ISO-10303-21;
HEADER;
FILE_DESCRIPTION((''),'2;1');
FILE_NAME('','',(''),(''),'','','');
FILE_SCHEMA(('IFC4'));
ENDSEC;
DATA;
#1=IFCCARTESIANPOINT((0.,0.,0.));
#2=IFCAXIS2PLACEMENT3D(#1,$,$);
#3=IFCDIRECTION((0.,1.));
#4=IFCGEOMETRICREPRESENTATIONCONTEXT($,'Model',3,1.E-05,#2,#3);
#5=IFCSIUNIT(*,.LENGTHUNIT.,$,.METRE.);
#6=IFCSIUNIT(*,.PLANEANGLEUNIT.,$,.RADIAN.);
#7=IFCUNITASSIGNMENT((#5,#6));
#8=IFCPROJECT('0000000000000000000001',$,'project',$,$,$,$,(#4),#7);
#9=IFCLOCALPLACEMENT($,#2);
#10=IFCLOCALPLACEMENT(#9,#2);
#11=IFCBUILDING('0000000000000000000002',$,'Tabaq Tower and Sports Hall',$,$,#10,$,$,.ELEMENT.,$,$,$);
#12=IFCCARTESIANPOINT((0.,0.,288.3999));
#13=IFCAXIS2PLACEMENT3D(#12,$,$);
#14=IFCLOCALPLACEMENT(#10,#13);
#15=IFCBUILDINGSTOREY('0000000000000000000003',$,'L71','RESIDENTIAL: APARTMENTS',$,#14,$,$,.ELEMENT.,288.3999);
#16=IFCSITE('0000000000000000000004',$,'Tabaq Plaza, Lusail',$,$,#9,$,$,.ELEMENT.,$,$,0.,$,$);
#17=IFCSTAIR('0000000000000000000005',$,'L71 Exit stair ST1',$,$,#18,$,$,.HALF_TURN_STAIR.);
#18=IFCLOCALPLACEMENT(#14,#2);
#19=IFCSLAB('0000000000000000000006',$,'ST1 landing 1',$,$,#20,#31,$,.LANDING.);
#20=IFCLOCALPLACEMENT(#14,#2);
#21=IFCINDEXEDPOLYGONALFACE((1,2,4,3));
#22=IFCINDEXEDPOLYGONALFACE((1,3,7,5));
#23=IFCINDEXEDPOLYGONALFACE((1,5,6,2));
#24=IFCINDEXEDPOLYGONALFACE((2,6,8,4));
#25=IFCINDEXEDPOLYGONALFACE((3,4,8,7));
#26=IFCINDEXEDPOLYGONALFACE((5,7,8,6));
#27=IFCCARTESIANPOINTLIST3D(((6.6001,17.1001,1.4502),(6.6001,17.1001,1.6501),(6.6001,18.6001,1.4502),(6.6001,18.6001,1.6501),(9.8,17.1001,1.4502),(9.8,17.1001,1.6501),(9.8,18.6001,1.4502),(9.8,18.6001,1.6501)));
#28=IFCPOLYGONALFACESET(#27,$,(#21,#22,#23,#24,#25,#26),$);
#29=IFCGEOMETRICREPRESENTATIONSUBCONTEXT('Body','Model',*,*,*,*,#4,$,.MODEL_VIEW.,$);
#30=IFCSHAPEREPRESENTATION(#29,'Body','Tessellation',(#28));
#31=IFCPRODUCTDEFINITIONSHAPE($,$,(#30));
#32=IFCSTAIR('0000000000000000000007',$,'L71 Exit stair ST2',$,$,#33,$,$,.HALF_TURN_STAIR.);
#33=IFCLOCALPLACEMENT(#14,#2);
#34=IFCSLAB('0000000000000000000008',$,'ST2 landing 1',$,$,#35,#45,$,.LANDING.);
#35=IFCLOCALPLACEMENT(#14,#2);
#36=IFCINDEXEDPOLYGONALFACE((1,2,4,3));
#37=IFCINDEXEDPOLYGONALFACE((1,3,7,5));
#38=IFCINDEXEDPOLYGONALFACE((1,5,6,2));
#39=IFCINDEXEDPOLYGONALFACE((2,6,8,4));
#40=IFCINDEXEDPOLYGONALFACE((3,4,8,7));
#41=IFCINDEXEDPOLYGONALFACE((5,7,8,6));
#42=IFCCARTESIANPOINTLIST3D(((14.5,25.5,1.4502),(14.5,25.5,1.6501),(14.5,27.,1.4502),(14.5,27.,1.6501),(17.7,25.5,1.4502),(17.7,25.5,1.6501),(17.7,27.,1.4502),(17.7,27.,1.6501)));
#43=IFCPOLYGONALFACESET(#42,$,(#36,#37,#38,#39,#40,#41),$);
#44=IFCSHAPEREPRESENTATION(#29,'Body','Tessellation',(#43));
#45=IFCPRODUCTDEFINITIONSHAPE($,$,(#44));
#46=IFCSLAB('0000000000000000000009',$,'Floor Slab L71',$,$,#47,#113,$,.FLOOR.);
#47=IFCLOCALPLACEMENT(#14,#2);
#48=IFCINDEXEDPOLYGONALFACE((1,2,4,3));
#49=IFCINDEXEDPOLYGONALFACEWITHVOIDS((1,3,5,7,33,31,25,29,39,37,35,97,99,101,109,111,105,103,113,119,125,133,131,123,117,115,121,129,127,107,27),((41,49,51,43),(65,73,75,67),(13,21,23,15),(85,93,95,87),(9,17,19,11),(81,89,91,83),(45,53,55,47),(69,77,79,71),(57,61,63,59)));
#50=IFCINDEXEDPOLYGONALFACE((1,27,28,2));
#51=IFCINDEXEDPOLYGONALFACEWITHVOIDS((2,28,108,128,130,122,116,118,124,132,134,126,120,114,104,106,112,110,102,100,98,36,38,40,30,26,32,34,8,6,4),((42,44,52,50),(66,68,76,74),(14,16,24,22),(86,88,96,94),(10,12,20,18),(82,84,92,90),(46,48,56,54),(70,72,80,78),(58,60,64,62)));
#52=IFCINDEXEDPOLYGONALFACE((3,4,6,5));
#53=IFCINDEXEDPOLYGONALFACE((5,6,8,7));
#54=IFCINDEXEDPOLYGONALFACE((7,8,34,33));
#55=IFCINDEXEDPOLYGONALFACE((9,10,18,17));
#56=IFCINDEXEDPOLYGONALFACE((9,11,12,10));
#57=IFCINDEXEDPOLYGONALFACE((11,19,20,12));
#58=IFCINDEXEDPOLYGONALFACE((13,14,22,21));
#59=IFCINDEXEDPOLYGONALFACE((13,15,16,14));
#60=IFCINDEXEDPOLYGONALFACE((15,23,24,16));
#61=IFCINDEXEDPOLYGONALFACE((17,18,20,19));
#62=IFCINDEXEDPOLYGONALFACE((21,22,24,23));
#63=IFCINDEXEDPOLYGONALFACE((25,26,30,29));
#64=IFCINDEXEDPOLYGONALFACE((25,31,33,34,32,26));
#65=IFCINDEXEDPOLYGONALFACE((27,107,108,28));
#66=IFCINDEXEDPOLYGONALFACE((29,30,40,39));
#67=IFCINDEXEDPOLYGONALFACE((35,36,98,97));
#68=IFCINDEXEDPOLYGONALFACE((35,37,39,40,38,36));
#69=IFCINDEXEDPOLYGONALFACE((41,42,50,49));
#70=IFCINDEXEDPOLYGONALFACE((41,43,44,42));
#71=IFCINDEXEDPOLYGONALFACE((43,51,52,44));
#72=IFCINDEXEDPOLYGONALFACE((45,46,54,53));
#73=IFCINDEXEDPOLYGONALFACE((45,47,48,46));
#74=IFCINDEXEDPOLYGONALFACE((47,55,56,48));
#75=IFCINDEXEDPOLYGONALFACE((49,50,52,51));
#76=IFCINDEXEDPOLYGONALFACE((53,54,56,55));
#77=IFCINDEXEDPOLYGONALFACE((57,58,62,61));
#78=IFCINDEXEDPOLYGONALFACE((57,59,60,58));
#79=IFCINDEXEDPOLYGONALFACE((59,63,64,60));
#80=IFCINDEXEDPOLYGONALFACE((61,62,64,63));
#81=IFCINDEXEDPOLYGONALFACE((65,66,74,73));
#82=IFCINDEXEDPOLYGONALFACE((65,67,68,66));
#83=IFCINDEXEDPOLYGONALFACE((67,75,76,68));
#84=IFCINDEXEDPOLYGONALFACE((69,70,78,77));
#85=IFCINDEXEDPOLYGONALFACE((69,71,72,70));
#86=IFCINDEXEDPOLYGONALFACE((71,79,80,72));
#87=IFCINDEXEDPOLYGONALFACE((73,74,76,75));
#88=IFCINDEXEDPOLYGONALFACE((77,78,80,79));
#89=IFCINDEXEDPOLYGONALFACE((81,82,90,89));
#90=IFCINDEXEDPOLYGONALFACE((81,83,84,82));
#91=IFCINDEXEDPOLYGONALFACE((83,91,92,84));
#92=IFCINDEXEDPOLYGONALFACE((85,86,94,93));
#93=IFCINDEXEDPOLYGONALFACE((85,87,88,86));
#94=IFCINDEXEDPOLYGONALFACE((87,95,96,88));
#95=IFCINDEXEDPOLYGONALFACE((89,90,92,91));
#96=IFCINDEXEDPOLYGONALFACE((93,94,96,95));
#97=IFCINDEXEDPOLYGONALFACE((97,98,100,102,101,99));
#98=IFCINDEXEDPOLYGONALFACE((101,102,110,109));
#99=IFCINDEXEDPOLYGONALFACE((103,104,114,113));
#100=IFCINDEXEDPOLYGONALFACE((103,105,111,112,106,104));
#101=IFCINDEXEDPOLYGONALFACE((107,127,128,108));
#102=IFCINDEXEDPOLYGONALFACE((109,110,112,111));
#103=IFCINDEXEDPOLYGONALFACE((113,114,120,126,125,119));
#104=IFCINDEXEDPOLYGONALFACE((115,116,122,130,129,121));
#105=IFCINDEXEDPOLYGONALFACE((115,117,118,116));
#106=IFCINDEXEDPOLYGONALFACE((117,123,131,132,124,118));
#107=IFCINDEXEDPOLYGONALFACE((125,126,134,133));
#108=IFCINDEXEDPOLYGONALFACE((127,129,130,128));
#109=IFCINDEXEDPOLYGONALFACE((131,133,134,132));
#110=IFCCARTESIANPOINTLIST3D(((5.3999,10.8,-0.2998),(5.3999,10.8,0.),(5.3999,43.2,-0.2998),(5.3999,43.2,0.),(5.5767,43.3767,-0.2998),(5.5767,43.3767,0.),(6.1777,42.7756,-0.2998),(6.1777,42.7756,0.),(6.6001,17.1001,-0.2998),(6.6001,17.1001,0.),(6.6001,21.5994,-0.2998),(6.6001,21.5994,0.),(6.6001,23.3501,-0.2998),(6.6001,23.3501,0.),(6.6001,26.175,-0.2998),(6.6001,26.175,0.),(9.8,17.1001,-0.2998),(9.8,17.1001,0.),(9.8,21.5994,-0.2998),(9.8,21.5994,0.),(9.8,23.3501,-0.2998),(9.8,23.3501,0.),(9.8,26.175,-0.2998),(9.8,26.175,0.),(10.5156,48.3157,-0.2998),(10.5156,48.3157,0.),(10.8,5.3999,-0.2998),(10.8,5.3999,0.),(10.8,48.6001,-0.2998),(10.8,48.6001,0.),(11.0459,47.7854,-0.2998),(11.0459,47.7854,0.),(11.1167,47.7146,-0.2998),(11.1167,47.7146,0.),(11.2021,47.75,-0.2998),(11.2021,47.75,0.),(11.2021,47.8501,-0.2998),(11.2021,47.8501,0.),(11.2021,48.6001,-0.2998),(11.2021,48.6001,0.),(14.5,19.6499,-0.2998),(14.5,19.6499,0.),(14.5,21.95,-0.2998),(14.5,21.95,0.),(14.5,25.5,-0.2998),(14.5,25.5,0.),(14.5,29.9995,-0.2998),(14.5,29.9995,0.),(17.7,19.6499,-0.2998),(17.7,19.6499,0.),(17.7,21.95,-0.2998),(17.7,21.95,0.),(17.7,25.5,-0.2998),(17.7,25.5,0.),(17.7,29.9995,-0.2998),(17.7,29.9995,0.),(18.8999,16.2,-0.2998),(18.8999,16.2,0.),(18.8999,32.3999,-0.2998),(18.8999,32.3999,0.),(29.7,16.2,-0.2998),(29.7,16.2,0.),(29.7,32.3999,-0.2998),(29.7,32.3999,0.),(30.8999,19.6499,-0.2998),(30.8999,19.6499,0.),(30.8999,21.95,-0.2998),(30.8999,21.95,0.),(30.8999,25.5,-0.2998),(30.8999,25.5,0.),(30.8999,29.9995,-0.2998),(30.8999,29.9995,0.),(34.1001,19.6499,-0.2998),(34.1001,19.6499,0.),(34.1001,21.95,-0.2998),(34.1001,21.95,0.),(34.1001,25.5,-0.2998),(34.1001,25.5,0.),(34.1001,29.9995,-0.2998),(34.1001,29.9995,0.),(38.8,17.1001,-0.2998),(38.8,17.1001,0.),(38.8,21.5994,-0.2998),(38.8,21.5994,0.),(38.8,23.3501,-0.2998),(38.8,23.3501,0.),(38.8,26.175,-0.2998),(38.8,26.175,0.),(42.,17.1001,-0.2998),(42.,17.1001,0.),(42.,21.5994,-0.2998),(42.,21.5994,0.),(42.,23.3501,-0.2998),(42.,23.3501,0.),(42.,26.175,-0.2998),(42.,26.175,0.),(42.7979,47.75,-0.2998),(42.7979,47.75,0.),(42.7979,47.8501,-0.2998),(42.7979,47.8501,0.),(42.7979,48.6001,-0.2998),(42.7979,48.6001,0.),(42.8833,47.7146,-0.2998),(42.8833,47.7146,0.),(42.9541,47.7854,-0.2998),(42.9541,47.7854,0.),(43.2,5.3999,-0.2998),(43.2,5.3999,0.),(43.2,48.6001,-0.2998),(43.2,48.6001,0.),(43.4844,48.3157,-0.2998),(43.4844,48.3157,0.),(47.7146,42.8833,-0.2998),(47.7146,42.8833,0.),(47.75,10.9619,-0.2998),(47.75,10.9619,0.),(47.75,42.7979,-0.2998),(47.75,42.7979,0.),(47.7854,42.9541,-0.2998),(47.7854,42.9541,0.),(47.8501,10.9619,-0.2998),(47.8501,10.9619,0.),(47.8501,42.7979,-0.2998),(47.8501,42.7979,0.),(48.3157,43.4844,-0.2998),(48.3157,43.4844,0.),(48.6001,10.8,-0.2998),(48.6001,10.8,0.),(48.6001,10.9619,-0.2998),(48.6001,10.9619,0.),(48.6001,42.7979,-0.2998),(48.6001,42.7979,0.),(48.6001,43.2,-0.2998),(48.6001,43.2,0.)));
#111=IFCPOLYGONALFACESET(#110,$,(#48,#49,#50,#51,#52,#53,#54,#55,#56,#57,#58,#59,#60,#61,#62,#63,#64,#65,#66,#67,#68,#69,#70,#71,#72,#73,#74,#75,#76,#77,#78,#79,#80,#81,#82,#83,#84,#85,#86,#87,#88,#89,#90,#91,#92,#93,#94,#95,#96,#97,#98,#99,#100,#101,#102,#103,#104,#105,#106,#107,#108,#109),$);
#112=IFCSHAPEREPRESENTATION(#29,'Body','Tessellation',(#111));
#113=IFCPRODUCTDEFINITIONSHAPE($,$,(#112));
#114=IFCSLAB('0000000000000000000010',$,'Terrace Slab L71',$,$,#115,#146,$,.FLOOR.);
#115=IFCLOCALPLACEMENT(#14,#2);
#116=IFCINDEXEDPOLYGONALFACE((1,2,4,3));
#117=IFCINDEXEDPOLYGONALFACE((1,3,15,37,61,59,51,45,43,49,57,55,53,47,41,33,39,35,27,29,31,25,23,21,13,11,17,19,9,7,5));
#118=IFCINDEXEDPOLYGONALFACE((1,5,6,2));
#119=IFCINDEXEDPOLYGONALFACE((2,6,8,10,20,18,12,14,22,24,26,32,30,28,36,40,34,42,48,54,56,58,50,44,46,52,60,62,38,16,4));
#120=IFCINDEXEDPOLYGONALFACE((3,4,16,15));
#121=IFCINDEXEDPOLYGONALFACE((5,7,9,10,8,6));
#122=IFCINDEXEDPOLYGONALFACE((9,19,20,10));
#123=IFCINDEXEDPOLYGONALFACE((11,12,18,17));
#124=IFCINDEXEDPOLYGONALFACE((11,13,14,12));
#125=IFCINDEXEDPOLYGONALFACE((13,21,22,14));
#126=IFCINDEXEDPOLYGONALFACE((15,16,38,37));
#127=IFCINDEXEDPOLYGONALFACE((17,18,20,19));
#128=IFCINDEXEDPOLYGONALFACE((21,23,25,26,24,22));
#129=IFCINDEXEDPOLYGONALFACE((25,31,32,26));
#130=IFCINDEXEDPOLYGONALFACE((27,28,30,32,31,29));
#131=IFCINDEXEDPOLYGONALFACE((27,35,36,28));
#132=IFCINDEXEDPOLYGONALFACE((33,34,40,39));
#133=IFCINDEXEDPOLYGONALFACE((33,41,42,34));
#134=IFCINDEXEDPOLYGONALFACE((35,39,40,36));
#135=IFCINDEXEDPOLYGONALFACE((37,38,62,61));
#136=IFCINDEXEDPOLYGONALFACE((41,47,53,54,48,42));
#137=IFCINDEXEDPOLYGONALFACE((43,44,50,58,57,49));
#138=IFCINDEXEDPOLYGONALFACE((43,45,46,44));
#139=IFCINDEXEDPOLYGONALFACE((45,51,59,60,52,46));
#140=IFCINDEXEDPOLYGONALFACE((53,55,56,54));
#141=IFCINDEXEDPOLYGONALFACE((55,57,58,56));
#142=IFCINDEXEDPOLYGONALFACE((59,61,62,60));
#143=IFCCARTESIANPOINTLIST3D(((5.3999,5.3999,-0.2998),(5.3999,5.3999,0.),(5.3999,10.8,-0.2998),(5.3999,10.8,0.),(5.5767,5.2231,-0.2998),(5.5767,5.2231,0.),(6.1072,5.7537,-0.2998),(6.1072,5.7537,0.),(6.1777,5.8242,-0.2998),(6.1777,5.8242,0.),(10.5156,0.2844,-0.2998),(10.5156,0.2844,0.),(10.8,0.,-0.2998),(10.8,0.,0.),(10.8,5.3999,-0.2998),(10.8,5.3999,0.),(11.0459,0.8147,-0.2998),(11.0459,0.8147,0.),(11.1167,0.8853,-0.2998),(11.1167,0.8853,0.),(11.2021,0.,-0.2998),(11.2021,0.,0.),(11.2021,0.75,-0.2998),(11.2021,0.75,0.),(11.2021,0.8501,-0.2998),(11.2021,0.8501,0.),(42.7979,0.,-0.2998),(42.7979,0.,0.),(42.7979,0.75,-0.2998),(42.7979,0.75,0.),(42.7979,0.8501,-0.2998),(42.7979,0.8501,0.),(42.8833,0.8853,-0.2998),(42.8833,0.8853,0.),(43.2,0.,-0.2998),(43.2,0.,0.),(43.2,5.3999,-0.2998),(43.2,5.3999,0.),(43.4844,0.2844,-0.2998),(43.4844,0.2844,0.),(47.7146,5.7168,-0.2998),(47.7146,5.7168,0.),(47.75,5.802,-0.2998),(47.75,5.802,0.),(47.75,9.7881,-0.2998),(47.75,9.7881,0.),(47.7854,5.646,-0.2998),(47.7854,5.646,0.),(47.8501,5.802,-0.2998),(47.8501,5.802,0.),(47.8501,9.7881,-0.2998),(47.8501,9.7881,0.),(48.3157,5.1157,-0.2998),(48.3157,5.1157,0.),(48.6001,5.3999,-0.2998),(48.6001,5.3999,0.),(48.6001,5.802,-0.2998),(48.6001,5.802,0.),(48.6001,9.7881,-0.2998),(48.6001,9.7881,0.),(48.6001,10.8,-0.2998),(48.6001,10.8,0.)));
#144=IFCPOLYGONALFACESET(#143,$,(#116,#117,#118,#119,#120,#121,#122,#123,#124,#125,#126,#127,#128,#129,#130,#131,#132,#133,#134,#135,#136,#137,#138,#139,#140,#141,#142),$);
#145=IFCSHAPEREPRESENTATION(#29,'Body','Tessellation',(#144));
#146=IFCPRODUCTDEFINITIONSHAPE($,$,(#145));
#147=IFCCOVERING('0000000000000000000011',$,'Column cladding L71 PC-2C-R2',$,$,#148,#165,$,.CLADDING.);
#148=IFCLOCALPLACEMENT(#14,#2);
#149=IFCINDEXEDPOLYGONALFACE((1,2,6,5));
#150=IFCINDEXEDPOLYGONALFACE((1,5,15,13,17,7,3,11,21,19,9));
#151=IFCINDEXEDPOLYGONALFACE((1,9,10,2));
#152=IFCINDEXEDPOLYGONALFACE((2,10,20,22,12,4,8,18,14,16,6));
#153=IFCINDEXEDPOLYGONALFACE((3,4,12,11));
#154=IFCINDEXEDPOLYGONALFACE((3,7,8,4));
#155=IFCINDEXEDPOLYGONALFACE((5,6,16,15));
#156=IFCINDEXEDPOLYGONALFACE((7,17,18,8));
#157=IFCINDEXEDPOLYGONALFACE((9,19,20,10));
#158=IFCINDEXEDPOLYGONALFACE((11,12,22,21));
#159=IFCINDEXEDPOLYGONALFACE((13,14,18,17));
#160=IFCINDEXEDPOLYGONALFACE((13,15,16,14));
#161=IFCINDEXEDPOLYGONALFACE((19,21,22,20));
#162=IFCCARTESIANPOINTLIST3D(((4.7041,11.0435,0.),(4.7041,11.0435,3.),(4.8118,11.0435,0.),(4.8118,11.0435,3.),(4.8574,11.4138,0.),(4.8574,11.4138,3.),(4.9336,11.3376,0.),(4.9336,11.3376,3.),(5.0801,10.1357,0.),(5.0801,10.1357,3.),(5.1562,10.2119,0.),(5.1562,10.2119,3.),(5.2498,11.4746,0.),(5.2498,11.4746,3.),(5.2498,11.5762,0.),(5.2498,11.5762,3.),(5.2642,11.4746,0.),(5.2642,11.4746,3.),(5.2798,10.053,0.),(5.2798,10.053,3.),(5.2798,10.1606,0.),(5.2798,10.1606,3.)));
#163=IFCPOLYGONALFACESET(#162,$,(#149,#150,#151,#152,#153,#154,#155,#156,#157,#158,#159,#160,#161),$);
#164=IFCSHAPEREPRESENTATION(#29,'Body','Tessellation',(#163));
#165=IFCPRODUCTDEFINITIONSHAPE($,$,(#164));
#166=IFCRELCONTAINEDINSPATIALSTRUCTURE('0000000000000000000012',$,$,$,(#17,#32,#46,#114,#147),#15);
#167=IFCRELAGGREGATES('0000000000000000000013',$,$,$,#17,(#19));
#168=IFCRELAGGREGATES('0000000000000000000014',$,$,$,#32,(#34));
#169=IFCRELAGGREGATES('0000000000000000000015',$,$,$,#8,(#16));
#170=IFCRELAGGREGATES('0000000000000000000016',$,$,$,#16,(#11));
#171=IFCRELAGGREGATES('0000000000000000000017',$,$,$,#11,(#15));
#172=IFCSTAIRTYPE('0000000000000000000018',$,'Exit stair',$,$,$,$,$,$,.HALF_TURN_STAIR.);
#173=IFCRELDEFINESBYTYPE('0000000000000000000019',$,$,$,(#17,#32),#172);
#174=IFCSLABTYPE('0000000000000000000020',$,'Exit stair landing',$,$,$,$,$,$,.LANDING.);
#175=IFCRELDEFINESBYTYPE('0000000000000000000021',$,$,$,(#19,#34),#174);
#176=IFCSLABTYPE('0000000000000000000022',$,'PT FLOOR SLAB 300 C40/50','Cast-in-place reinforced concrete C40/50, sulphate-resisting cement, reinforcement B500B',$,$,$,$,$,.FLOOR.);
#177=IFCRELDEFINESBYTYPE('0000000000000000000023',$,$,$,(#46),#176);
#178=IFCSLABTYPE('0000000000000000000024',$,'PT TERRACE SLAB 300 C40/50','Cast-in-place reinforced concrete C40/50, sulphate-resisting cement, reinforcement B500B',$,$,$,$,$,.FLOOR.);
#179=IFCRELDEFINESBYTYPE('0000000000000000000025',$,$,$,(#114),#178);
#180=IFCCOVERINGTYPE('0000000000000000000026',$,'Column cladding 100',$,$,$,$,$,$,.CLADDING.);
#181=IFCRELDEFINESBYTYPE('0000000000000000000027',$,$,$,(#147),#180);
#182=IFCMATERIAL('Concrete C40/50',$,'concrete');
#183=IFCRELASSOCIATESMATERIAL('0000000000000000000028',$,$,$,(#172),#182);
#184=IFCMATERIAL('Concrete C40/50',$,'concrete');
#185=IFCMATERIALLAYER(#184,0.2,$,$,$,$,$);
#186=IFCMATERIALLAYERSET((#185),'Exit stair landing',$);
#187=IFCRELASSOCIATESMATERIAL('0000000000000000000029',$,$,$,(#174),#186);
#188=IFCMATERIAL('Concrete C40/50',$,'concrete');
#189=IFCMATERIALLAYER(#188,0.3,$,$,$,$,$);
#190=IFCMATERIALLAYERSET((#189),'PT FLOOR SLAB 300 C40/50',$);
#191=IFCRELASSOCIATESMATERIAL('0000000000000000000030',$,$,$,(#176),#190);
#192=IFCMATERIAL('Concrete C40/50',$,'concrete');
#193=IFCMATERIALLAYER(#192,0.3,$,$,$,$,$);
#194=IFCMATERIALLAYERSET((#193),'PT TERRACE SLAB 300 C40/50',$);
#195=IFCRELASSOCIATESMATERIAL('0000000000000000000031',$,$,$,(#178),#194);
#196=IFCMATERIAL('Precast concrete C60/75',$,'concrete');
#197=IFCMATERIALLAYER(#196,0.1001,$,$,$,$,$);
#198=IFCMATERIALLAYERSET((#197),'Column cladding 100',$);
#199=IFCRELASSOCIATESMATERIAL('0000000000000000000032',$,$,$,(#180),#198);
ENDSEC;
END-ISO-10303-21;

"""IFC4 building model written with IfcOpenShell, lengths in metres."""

from ifc_helpers import new_model, si_unit, direction, frame, origin, place, context, subcontext, project, spatial, polyline, outline, extrude, material, layer, layer_set, type_object, element, aggregate, save


model = new_model("IFC4")

# Units and contexts
model_context = context("Model", 3, precision=1e-05, world=origin(), true_north=direction((0.0, 1.0)))
body_context = subcontext(model_context, "Body", "Model", "MODEL_VIEW")
ifc_project = project(units=[si_unit("LENGTHUNIT", "METRE"), si_unit("PLANEANGLEUNIT", "RADIAN")], contexts=[model_context])

# Site, building, storey
site_placement = place(None, origin())
site = spatial("IfcSite", under=ifc_project, at=site_placement, Name="Tabaq Plaza, Lusail", CompositionType="ELEMENT", RefElevation=0.0)
building_placement = place(site_placement, origin())
building = spatial("IfcBuilding", under=site, at=building_placement, Name="Tabaq Tower and Sports Hall", CompositionType="ELEMENT")
storey_placement = place(building_placement, frame((0.0, 0.0, 288.3999)))
storey = spatial("IfcBuildingStorey", under=building, at=storey_placement, Name="L71", Description="RESIDENTIAL: APARTMENTS", CompositionType="ELEMENT", Elevation=288.3999)

# Stairs, slabs
ifc_material_1 = material(Name="Concrete C40/50", Category="concrete")
stair_type = type_object("IfcStairType", Name="Exit stair", PredefinedType="HALF_TURN_STAIR", material=ifc_material_1)
stair_1_placement = place(storey_placement, origin())
stair_1 = element("IfcStair", 1, at=stair_1_placement, inside=storey, type_object=stair_type, Name="L71 Exit stair ST1", PredefinedType="HALF_TURN_STAIR")
ifc_material_2 = material(Name="Concrete C40/50", Category="concrete")
ifc_layer_1 = layer(ifc_material_2, 0.2)
ifc_layer_set_1 = layer_set([ifc_layer_1], Name="Exit stair landing")
slab_type_1 = type_object("IfcSlabType", Name="Exit stair landing", PredefinedType="LANDING", material=ifc_layer_set_1)
slab_1_placement = place(storey_placement, frame((0.0, 0.0, 1.4502)))
slab_1 = element("IfcSlab", 2, at=slab_1_placement, type_object=slab_type_1, Name="ST1 landing 1", PredefinedType="LANDING", context=body_context, shape_type="SweptSolid", body=[
    extrude(outline(polyline([(6.6001, 18.6001), (6.6001, 17.1001), (9.8, 17.1001), (9.8, 18.6001), (6.6001, 18.6001)])), origin(), (0.0, 0.0, 1.0), 0.2),
])
aggregate(stair_1, [slab_1])
stair_2_placement = place(storey_placement, origin())
stair_2 = element("IfcStair", 3, at=stair_2_placement, inside=storey, type_object=stair_type, Name="L71 Exit stair ST2", PredefinedType="HALF_TURN_STAIR")
slab_2_placement = place(storey_placement, frame((0.0, 0.0, 1.4502)))
slab_2 = element("IfcSlab", 4, at=slab_2_placement, type_object=slab_type_1, Name="ST2 landing 1", PredefinedType="LANDING", context=body_context, shape_type="SweptSolid", body=[
    extrude(outline(polyline([(14.5, 27.0), (14.5, 25.5), (17.7, 25.5), (17.7, 27.0), (14.5, 27.0)])), origin(), (0.0, 0.0, 1.0), 0.2),
])
aggregate(stair_2, [slab_2])

# Slabs
ifc_material_3 = material(Name="Concrete C40/50", Category="concrete")
ifc_layer_2 = layer(ifc_material_3, 0.3)
ifc_layer_set_2 = layer_set([ifc_layer_2], Name="PT FLOOR SLAB 300 C40/50")
slab_type_2 = type_object("IfcSlabType", Name="PT FLOOR SLAB 300 C40/50", Description="Cast-in-place reinforced concrete C40/50, sulphate-resisting cement, reinforcement B500B", PredefinedType="FLOOR", material=ifc_layer_set_2)
slab_3_placement = place(storey_placement, frame((0.0, 0.0, -0.2998)))
element("IfcSlab", 5, at=slab_3_placement, inside=storey, type_object=slab_type_2, Name="Floor Slab L71", PredefinedType="FLOOR", context=body_context, shape_type="SweptSolid", body=[
    extrude(outline(polyline([(5.3999, 43.2), (5.3999, 10.8), (10.8, 5.3999), (43.2, 5.3999), (48.6001, 10.8), (48.6001, 10.9619), (47.8501, 10.9619), (47.75, 10.9619), (47.75, 42.7979), (47.8501, 42.7979), (48.6001, 42.7979), (48.6001, 43.2), (48.3157, 43.4844), (47.7854, 42.9541), (47.7146, 42.8833), (42.8833, 47.7146), (42.9541, 47.7854), (43.4844, 48.3157), (43.2, 48.6001), (42.7979, 48.6001), (42.7979, 47.8501), (42.7979, 47.75), (11.2021, 47.75), (11.2021, 47.8501), (11.2021, 48.6001), (10.8, 48.6001), (10.5156, 48.3157), (11.0459, 47.7854), (11.0459, 47.7854), (11.1167, 47.7146), (6.1777, 42.7756), (5.5767, 43.3767), (5.3999, 43.2)]), holes=[polyline([(6.6001, 21.5994), (9.8, 21.5994), (9.8, 17.1001), (6.6001, 17.1001), (6.6001, 21.5994)]), polyline([(38.8, 21.5994), (42.0, 21.5994), (42.0, 17.1001), (38.8, 17.1001), (38.8, 21.5994)]), polyline([(14.5, 21.95), (17.7, 21.95), (17.7, 19.6499), (14.5, 19.6499), (14.5, 21.95)]), polyline([(30.8999, 21.95), (34.1001, 21.95), (34.1001, 19.6499), (30.8999, 19.6499), (30.8999, 21.95)]), polyline([(18.8999, 16.2), (18.8999, 32.3999), (29.7, 32.3999), (29.7, 16.2), (18.8999, 16.2)]), polyline([(6.6001, 26.175), (9.8, 26.175), (9.8, 23.3501), (6.6001, 23.3501), (6.6001, 26.175)]), polyline([(38.8, 26.175), (42.0, 26.175), (42.0, 23.3501), (38.8, 23.3501), (38.8, 26.175)]), polyline([(17.7, 29.9995), (17.7, 25.5), (14.5, 25.5), (14.5, 29.9995), (17.7, 29.9995)]), polyline([(34.1001, 29.9995), (34.1001, 25.5), (30.8999, 25.5), (30.8999, 29.9995), (34.1001, 29.9995)])]), origin(), (0.0, 0.0, 1.0), 0.2998),
])
ifc_material_4 = material(Name="Concrete C40/50", Category="concrete")
ifc_layer_3 = layer(ifc_material_4, 0.3)
ifc_layer_set_3 = layer_set([ifc_layer_3], Name="PT TERRACE SLAB 300 C40/50")
slab_type_3 = type_object("IfcSlabType", Name="PT TERRACE SLAB 300 C40/50", Description="Cast-in-place reinforced concrete C40/50, sulphate-resisting cement, reinforcement B500B", PredefinedType="FLOOR", material=ifc_layer_set_3)
slab_4_placement = place(storey_placement, frame((0.0, 0.0, -0.2998)))
element("IfcSlab", 6, at=slab_4_placement, inside=storey, type_object=slab_type_3, Name="Terrace Slab L71", PredefinedType="FLOOR", context=body_context, shape_type="SweptSolid", body=[
    extrude(outline(polyline([(42.7979, 0.0), (43.2, 0.0), (43.4844, 0.2844), (42.8833, 0.8853), (47.7146, 5.7168), (47.7854, 5.646), (48.3157, 5.1157), (48.6001, 5.3999), (48.6001, 5.802), (47.8501, 5.802), (47.75, 5.802), (47.75, 9.7881), (47.8501, 9.7881), (48.6001, 9.7881), (48.6001, 10.8), (43.2, 5.3999), (10.8, 5.3999), (5.3999, 10.8), (5.3999, 5.3999), (5.5767, 5.2231), (6.1072, 5.7537), (6.1777, 5.8242), (11.1167, 0.8853), (11.0459, 0.8147), (10.5156, 0.2844), (10.8, 0.0), (11.2021, 0.0), (11.2021, 0.75), (11.2021, 0.8501), (42.7979, 0.8501), (42.7979, 0.75), (42.7979, 0.0)])), origin(), (0.0, 0.0, 1.0), 0.2998),
])

# Covering
ifc_material_5 = material(Name="Precast concrete C60/75", Category="concrete")
ifc_layer_4 = layer(ifc_material_5, 0.1001)
ifc_layer_set_4 = layer_set([ifc_layer_4], Name="Column cladding 100")
covering_type = type_object("IfcCoveringType", Name="Column cladding 100", PredefinedType="CLADDING", material=ifc_layer_set_4)
covering_1_placement = place(storey_placement, origin())
element("IfcCovering", 7, at=covering_1_placement, inside=storey, type_object=covering_type, Name="Column cladding L71 PC-2C-R2", PredefinedType="CLADDING", context=body_context, shape_type="SweptSolid", body=[
    extrude(outline(polyline([(5.0801, 10.1357), (4.7041, 11.0435), (4.8574, 11.4138), (5.2498, 11.5762), (5.2498, 11.4746), (5.2642, 11.4746), (4.9336, 11.3376), (4.8118, 11.0435), (5.1562, 10.2119), (5.2798, 10.1606), (5.2798, 10.053), (5.0801, 10.1357)])), origin(), (0.0, 0.0, 1.0), 3.0),
])

save(model, "model.ifc")
